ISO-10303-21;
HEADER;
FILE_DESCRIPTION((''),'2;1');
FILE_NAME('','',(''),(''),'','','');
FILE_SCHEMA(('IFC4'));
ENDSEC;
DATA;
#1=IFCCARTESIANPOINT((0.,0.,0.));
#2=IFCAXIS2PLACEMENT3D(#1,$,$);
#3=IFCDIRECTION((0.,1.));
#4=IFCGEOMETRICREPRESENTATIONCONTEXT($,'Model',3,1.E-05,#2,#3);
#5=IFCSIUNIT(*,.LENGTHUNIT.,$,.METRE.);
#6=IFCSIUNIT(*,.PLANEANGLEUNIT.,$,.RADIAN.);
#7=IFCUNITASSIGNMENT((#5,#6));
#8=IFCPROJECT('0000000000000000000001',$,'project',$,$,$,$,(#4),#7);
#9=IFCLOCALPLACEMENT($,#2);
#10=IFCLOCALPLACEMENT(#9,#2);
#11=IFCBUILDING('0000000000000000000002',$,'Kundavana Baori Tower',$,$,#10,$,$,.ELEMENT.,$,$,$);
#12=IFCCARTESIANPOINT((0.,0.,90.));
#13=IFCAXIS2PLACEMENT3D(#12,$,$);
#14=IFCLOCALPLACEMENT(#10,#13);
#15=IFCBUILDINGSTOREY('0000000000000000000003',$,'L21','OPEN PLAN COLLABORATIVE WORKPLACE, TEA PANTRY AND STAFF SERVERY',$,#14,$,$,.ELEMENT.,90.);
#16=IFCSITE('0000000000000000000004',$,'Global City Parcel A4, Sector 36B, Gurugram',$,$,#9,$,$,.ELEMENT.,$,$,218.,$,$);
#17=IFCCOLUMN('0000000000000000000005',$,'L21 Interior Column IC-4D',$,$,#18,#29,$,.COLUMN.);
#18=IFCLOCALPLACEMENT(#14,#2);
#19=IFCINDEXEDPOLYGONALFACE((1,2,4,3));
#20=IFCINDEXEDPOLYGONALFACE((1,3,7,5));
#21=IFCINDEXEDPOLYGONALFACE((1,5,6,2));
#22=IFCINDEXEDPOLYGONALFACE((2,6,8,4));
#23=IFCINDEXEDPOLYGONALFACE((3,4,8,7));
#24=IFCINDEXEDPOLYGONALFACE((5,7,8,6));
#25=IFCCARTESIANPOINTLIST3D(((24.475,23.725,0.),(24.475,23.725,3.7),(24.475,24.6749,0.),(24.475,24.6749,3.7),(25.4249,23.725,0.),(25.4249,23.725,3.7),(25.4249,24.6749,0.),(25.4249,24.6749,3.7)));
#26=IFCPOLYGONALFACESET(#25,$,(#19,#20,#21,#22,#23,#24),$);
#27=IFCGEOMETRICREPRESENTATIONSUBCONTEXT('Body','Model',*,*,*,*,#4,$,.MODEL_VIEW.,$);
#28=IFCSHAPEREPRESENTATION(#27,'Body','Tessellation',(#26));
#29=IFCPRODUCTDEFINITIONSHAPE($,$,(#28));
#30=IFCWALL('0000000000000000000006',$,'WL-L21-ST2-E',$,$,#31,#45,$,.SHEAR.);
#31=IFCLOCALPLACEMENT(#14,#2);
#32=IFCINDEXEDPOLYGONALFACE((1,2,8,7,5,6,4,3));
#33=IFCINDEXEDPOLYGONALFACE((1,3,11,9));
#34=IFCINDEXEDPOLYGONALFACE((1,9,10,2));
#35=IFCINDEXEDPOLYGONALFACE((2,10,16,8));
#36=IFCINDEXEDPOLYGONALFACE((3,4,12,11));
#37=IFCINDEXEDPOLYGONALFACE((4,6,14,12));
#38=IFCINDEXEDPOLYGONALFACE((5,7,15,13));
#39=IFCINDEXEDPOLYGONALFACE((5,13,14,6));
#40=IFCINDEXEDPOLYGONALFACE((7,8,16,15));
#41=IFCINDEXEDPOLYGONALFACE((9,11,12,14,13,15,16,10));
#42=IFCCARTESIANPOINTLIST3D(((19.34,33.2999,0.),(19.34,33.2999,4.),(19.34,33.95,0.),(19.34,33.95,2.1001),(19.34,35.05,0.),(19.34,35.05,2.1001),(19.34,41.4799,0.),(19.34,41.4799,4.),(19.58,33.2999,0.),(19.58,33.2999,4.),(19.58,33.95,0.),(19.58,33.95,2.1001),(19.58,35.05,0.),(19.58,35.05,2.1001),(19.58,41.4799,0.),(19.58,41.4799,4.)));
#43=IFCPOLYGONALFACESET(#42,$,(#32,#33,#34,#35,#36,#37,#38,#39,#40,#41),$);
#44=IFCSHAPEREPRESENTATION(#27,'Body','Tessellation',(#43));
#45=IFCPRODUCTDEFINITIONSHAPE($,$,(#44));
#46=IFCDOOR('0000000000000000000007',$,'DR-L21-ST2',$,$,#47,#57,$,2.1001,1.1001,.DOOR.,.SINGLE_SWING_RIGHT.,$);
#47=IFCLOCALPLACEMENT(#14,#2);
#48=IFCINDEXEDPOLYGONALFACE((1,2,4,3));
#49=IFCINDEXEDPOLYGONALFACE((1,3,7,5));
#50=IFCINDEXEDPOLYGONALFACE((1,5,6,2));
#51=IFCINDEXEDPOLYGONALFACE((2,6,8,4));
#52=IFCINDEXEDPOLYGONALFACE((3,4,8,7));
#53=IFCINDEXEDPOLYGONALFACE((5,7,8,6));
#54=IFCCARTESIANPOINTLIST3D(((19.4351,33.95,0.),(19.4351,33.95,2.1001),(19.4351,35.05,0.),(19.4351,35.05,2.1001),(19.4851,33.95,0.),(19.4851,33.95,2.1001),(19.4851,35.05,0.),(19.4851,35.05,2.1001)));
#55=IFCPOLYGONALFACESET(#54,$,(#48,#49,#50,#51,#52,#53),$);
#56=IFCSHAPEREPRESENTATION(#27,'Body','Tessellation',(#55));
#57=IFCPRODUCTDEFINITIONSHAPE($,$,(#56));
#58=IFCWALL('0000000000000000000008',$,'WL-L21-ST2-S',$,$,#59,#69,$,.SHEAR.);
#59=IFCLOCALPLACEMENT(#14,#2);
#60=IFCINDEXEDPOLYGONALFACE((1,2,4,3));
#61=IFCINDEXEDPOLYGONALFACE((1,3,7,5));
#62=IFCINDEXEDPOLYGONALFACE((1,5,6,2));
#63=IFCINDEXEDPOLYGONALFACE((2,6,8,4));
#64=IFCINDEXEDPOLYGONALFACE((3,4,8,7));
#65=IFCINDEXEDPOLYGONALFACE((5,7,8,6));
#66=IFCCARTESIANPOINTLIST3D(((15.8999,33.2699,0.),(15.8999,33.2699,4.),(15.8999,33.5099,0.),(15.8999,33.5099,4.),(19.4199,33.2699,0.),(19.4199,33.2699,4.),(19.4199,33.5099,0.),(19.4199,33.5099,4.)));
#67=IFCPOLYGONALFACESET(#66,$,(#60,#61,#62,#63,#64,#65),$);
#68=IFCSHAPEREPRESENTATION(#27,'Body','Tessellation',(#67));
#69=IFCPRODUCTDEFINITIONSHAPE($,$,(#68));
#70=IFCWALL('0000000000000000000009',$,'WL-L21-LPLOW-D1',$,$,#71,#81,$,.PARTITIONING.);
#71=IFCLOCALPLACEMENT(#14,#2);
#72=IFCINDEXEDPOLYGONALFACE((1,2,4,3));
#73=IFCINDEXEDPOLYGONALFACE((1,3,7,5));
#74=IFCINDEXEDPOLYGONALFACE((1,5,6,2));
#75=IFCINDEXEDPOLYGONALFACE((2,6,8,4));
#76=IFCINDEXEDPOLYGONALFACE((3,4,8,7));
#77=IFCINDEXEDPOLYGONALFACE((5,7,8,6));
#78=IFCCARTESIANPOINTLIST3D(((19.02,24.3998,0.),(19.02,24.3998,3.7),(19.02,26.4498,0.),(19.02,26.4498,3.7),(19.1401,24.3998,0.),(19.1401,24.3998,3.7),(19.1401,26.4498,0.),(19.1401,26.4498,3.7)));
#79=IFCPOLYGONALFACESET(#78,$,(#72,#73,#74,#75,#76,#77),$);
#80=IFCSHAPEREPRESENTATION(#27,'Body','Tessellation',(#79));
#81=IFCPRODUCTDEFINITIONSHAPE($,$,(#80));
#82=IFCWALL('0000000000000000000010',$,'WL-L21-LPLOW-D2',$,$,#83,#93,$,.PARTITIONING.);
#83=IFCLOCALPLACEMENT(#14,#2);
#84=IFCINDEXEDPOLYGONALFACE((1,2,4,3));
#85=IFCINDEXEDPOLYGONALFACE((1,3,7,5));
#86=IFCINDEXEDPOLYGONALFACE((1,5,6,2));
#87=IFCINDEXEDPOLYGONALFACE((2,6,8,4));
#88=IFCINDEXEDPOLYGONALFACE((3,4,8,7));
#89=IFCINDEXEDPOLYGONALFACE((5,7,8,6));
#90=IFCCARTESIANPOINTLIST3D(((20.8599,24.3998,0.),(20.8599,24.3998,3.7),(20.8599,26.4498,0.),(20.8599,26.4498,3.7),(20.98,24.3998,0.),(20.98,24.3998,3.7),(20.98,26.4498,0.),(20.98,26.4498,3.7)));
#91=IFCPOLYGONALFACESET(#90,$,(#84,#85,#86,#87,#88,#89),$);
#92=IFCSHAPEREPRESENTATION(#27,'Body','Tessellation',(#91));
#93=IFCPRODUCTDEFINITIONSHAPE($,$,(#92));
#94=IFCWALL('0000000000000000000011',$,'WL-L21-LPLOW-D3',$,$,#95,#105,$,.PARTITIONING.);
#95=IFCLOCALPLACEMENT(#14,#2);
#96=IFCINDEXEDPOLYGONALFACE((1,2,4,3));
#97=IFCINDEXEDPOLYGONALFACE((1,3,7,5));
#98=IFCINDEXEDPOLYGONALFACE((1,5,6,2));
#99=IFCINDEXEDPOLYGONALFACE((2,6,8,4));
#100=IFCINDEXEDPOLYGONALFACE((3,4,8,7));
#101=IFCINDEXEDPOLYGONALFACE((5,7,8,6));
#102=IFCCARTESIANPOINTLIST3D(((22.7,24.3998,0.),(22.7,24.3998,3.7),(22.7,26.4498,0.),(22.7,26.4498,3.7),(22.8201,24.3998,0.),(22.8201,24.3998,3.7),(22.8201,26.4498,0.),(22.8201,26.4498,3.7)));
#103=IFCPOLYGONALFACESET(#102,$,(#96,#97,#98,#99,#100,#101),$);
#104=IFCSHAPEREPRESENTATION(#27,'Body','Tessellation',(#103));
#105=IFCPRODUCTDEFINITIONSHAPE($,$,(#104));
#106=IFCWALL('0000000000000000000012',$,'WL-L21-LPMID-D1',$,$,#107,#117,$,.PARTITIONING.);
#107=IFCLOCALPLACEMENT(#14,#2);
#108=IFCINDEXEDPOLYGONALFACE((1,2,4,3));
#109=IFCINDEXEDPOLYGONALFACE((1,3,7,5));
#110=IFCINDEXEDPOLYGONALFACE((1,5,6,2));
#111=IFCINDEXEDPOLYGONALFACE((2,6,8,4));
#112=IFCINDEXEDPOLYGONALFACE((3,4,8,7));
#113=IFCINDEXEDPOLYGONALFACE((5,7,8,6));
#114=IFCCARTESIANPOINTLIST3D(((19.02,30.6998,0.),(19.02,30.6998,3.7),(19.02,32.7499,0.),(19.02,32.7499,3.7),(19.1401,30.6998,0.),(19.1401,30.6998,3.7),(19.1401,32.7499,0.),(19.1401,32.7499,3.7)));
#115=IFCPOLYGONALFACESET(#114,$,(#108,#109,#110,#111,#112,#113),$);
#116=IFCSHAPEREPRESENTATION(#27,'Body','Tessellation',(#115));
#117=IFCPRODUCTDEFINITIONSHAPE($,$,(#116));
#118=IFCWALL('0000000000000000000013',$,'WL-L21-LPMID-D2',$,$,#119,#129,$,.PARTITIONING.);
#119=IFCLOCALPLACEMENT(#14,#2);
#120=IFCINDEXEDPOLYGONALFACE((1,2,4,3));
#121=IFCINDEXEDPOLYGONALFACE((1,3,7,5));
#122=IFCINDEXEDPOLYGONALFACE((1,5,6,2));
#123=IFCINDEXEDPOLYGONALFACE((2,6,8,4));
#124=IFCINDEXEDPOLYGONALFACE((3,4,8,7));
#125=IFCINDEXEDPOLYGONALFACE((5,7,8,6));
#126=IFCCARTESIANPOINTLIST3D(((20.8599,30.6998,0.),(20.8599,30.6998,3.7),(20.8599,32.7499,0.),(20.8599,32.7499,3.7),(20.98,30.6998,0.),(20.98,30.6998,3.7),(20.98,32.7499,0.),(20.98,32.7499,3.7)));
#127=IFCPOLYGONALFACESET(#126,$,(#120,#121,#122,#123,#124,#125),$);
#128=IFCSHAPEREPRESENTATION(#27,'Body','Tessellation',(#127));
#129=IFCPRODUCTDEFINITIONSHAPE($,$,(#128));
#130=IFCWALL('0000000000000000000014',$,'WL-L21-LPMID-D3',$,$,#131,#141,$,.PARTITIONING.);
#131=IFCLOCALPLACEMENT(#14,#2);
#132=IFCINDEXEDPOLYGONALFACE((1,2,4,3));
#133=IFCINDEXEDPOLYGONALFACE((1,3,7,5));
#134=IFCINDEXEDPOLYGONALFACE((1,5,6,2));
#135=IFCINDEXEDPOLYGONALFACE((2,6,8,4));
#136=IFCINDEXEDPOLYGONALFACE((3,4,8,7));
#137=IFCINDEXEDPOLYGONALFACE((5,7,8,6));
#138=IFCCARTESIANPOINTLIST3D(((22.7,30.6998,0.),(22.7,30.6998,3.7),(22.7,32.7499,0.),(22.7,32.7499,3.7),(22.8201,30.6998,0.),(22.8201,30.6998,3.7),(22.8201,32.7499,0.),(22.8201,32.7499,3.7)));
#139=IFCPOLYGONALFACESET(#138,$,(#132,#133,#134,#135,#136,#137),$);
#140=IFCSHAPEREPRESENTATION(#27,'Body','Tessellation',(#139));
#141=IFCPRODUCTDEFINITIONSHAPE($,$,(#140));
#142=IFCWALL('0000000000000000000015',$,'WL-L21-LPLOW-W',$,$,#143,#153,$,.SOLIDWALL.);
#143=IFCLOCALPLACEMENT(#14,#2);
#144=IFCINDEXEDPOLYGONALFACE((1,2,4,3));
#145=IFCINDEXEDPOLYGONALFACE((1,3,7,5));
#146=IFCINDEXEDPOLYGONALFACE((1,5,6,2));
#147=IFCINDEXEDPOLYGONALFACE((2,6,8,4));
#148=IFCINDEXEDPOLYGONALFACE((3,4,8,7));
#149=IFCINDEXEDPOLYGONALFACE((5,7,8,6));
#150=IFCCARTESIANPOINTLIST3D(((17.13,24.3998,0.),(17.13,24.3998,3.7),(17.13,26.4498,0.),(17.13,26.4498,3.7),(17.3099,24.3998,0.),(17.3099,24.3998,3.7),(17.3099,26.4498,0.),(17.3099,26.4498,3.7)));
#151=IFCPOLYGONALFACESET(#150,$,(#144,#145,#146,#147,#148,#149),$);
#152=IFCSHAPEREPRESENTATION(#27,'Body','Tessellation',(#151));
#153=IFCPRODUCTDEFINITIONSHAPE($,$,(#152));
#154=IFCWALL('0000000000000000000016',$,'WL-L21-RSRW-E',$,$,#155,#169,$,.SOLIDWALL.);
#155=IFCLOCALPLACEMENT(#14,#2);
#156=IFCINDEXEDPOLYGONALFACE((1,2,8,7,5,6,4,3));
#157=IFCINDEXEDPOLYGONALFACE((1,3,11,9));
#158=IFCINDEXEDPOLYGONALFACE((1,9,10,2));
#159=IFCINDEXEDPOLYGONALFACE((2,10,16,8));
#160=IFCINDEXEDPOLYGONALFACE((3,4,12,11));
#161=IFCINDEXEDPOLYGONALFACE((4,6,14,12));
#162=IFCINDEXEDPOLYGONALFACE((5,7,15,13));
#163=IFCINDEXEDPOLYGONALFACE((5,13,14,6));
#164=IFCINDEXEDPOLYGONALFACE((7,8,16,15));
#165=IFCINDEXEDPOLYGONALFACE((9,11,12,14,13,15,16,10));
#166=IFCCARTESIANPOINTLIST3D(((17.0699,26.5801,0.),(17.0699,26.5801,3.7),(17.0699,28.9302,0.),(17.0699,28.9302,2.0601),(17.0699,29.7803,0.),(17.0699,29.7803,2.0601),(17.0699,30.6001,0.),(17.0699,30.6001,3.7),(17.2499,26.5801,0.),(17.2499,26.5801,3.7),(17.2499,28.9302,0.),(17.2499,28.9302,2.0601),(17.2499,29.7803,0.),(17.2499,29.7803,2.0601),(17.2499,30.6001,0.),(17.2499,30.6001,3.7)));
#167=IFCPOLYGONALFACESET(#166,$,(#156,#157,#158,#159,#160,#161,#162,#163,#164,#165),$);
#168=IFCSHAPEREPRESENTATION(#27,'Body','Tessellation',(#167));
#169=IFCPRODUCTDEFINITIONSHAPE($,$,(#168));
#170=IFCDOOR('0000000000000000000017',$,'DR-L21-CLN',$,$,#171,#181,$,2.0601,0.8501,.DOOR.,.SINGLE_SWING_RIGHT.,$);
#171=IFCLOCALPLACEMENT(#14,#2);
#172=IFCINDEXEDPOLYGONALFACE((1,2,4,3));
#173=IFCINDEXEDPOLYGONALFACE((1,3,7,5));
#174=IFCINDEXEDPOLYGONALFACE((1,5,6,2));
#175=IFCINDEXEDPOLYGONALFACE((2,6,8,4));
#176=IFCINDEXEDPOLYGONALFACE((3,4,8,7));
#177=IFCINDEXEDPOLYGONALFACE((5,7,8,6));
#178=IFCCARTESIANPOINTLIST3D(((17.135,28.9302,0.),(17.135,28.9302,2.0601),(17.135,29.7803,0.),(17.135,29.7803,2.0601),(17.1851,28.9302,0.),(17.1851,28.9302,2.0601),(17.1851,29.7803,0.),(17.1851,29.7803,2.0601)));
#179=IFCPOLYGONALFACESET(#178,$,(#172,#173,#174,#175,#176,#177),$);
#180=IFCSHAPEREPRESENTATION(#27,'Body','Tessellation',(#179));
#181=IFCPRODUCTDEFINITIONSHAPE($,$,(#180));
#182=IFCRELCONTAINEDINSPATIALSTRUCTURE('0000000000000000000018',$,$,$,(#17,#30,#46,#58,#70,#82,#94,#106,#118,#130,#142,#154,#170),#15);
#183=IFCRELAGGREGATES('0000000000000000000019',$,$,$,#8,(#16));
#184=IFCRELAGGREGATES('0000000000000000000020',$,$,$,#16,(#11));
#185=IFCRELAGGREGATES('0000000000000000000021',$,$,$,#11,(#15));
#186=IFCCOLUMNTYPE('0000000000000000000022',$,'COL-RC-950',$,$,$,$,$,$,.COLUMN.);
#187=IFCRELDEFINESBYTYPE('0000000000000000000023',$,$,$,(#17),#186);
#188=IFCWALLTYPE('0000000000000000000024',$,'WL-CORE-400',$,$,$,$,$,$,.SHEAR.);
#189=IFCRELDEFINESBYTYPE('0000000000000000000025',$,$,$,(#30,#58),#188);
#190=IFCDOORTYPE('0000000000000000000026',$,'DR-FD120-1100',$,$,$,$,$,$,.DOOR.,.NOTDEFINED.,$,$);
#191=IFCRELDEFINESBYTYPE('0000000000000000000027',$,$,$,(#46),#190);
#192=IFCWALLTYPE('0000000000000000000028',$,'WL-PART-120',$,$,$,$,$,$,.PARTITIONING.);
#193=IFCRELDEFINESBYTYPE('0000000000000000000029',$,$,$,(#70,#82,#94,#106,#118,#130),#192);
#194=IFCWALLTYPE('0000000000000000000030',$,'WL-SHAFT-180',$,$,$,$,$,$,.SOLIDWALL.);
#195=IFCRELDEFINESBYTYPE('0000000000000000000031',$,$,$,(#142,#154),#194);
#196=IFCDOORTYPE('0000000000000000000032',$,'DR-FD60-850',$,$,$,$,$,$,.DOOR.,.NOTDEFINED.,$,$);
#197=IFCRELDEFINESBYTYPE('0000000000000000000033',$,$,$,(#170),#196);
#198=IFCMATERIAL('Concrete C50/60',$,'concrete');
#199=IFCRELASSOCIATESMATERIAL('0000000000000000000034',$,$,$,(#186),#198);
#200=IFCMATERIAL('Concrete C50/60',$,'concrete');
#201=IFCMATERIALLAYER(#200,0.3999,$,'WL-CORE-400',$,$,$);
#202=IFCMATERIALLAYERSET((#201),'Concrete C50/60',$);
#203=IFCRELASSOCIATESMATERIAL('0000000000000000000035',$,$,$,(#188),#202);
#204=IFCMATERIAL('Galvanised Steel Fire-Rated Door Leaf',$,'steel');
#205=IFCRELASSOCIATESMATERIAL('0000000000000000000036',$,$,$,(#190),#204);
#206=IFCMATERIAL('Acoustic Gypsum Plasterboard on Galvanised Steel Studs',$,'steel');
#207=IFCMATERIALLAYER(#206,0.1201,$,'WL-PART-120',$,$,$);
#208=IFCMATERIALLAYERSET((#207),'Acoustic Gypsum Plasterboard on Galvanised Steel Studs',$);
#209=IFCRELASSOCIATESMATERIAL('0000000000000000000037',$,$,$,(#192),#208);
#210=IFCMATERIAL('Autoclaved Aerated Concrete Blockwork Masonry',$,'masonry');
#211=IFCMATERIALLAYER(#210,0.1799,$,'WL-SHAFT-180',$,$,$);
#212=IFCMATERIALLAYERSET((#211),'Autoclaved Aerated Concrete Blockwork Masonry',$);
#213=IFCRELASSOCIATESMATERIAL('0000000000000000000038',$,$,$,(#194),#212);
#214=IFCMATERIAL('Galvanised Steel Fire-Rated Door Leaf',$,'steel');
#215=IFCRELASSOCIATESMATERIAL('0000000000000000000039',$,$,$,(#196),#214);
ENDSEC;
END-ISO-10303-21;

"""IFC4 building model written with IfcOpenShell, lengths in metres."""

from ifc_helpers import new_model, si_unit, direction, frame, frame_2d, origin, origin_2d, place, context, subcontext, project, spatial, rectangle, extrude, material, layer, layer_set, material_profile, profile_set, type_object, element, fill, save


model = new_model("IFC4")

# Units and contexts
model_context = context("Model", 3, precision=1e-05, world=origin(), true_north=direction((0.0, 1.0)))
body_context = subcontext(model_context, "Body", "Model", "MODEL_VIEW")
ifc_project = project(units=[si_unit("LENGTHUNIT", "METRE"), si_unit("PLANEANGLEUNIT", "RADIAN")], contexts=[model_context])

# Site, building, storey
site_placement = place(None, origin())
site = spatial("IfcSite", under=ifc_project, at=site_placement, Name="Global City Parcel A4, Sector 36B, Gurugram", CompositionType="ELEMENT", RefElevation=218.0)
building_placement = place(site_placement, origin())
building = spatial("IfcBuilding", under=site, at=building_placement, Name="Kundavana Baori Tower", CompositionType="ELEMENT")
storey_placement = place(building_placement, frame((0.0, 0.0, 90.0)))
storey = spatial("IfcBuildingStorey", under=building, at=storey_placement, Name="L21", Description="OPEN PLAN COLLABORATIVE WORKPLACE, TEA PANTRY AND STAFF SERVERY", CompositionType="ELEMENT", Elevation=90.0)

# Column
ifc_material_1 = material(Name="Concrete C50/60", Category="concrete")
ifc_material_profile = material_profile(ifc_material_1, rectangle(XDim=0.95, YDim=0.95, at=origin_2d()), Name="RC 950x950")
ifc_profile_set = profile_set([ifc_material_profile], Name="Concrete C50/60")
column_type = type_object("IfcColumnType", Name="COL-RC-950", PredefinedType="COLUMN", material=ifc_profile_set)
column_placement = place(storey_placement, frame((24.95, 24.2, 0.0), z_axis=(0.0, 0.0, 1.0), x_axis=(1.0, 0.0, 0.0)))
element("IfcColumn", 1, at=column_placement, inside=storey, type_object=column_type, Name="L21 Interior Column IC-4D", PredefinedType="COLUMN", context=body_context, shape_type="SweptSolid", body=[
    extrude(rectangle(XDim=0.95, YDim=0.95, at=origin_2d()), origin(), (0.0, 0.0, 1.0), 3.7),
])

# Wall, opening, door
ifc_material_2 = material(Name="Concrete C50/60", Category="concrete")
ifc_layer_1 = layer(ifc_material_2, 0.3999, Name="WL-CORE-400")
ifc_layer_set_1 = layer_set([ifc_layer_1], Name="Concrete C50/60")
wall_type_1 = type_object("IfcWallType", Name="WL-CORE-400", PredefinedType="SHEAR", material=ifc_layer_set_1)
wall_1_placement = place(storey_placement, frame((19.46, 33.3, 0.0), z_axis=(0.0, 0.0, 1.0), x_axis=(0.0, 1.0, 0.0)))
wall_1 = element("IfcWall", 2, at=wall_1_placement, inside=storey, type_object=wall_type_1, Name="WL-L21-ST2-E", PredefinedType="SHEAR", context=body_context, shape_type="SweptSolid", body=[
    extrude(rectangle(XDim=8.1799, YDim=0.24, at=frame_2d((4.0898, 0.0))), origin(), (0.0, 0.0, 1.0), 4.0),
])
opening_1_placement = place(wall_1_placement, frame((0.6499, 0.0, 0.0)))
opening_1 = element("IfcOpeningElement", 3, at=opening_1_placement, cuts=wall_1, PredefinedType="OPENING", context=body_context, shape_type="SweptSolid", body=[
    extrude(rectangle(XDim=1.1001, YDim=2.1001, at=frame_2d((0.55, 1.05))), frame((0.0, 0.1299, 0.0), z_axis=(0.0, -1.0, 0.0), x_axis=(1.0, 0.0, 0.0)), (0.0, 0.0, 1.0), 0.26),
])
ifc_material_3 = material(Name="Galvanised Steel Fire-Rated Door Leaf", Category="steel")
door_type_1 = type_object("IfcDoorType", Name="DR-FD120-1100", OperationType="NOTDEFINED", PredefinedType="DOOR", material=ifc_material_3)
door_1_placement = place(opening_1_placement, origin())
door_1 = element("IfcDoor", 4, at=door_1_placement, inside=storey, type_object=door_type_1, Name="DR-L21-ST2", OperationType="SINGLE_SWING_RIGHT", OverallHeight=2.1001, OverallWidth=1.1001, PredefinedType="DOOR", context=body_context, shape_type="SweptSolid", body=[
    extrude(rectangle(XDim=1.1001, YDim=2.1001, at=frame_2d((0.55, 1.05))), frame((0.0, 0.0249, 0.0), z_axis=(0.0, -1.0, 0.0), x_axis=(1.0, 0.0, 0.0)), (0.0, 0.0, 1.0), 0.05),
])
fill(opening_1, door_1)

# Walls
wall_2_placement = place(storey_placement, frame((15.8999, 33.3899, 0.0), z_axis=(0.0, 0.0, 1.0), x_axis=(1.0, 0.0, 0.0)))
element("IfcWall", 5, at=wall_2_placement, inside=storey, type_object=wall_type_1, Name="WL-L21-ST2-S", PredefinedType="SHEAR", context=body_context, shape_type="SweptSolid", body=[
    extrude(rectangle(XDim=3.52, YDim=0.24, at=frame_2d((1.76, 0.0))), origin(), (0.0, 0.0, 1.0), 4.0),
])
ifc_material_4 = material(Name="Acoustic Gypsum Plasterboard on Galvanised Steel Studs", Category="steel")
ifc_layer_2 = layer(ifc_material_4, 0.1201, Name="WL-PART-120")
ifc_layer_set_2 = layer_set([ifc_layer_2], Name="Acoustic Gypsum Plasterboard on Galvanised Steel Studs")
wall_type_2 = type_object("IfcWallType", Name="WL-PART-120", PredefinedType="PARTITIONING", material=ifc_layer_set_2)
for number, where, z_axis, x_axis, name in (
    (6, (19.0801, 24.3999, 0.0), (0.0, 0.0, 1.0), (0.0, 1.0, 0.0), "WL-L21-LPLOW-D1"),
    (7, (20.9199, 24.3999, 0.0), (0.0, 0.0, 1.0), (0.0, 1.0, 0.0), "WL-L21-LPLOW-D2"),
    (8, (22.76, 24.3999, 0.0), (0.0, 0.0, 1.0), (0.0, 1.0, 0.0), "WL-L21-LPLOW-D3"),
    (9, (19.0801, 30.7, 0.0), (0.0, 0.0, 1.0), (0.0, 1.0, 0.0), "WL-L21-LPMID-D1"),
    (10, (20.9199, 30.7, 0.0), (0.0, 0.0, 1.0), (0.0, 1.0, 0.0), "WL-L21-LPMID-D2"),
    (11, (22.76, 30.7, 0.0), (0.0, 0.0, 1.0), (0.0, 1.0, 0.0), "WL-L21-LPMID-D3"),
):
    element("IfcWall", number, at=place(storey_placement, frame(where, z_axis=z_axis, x_axis=x_axis)), inside=storey, type_object=wall_type_2, Name=name, PredefinedType="PARTITIONING", context=body_context, shape_type="SweptSolid", body=[
        extrude(rectangle(XDim=2.05, YDim=0.1201, at=frame_2d((1.0249, 0.0))), origin(), (0.0, 0.0, 1.0), 3.7),
    ])
ifc_material_5 = material(Name="Autoclaved Aerated Concrete Blockwork Masonry", Category="masonry")
ifc_layer_3 = layer(ifc_material_5, 0.1799, Name="WL-SHAFT-180")
ifc_layer_set_3 = layer_set([ifc_layer_3], Name="Autoclaved Aerated Concrete Blockwork Masonry")
wall_type_3 = type_object("IfcWallType", Name="WL-SHAFT-180", PredefinedType="SOLIDWALL", material=ifc_layer_set_3)
wall_3_placement = place(storey_placement, frame((17.22, 24.3999, 0.0), z_axis=(0.0, 0.0, 1.0), x_axis=(0.0, 1.0, 0.0)))
element("IfcWall", 12, at=wall_3_placement, inside=storey, type_object=wall_type_3, Name="WL-L21-LPLOW-W", PredefinedType="SOLIDWALL", context=body_context, shape_type="SweptSolid", body=[
    extrude(rectangle(XDim=2.05, YDim=0.1799, at=frame_2d((1.0249, 0.0))), origin(), (0.0, 0.0, 1.0), 3.7),
])

# Wall, opening, door
wall_4_placement = place(storey_placement, frame((17.1599, 26.5801, 0.0), z_axis=(0.0, 0.0, 1.0), x_axis=(0.0, 1.0, 0.0)))
wall_4 = element("IfcWall", 13, at=wall_4_placement, inside=storey, type_object=wall_type_3, Name="WL-L21-RSRW-E", PredefinedType="SOLIDWALL", context=body_context, shape_type="SweptSolid", body=[
    extrude(rectangle(XDim=4.02, YDim=0.1799, at=frame_2d((2.01, 0.0))), origin(), (0.0, 0.0, 1.0), 3.7),
])
opening_2_placement = place(wall_4_placement, frame((2.3501, 0.0, 0.0)))
opening_2 = element("IfcOpeningElement", 14, at=opening_2_placement, cuts=wall_4, PredefinedType="OPENING", context=body_context, shape_type="SweptSolid", body=[
    extrude(rectangle(XDim=0.8501, YDim=2.0601, at=frame_2d((0.425, 1.03))), frame((0.0, 0.1001, 0.0), z_axis=(0.0, -1.0, 0.0), x_axis=(1.0, 0.0, 0.0)), (0.0, 0.0, 1.0), 0.2),
])
ifc_material_6 = material(Name="Galvanised Steel Fire-Rated Door Leaf", Category="steel")
door_type_2 = type_object("IfcDoorType", Name="DR-FD60-850", OperationType="NOTDEFINED", PredefinedType="DOOR", material=ifc_material_6)
door_2_placement = place(opening_2_placement, origin())
door_2 = element("IfcDoor", 15, at=door_2_placement, inside=storey, type_object=door_type_2, Name="DR-L21-CLN", OperationType="SINGLE_SWING_RIGHT", OverallHeight=2.0601, OverallWidth=0.8501, PredefinedType="DOOR", context=body_context, shape_type="SweptSolid", body=[
    extrude(rectangle(XDim=0.8501, YDim=2.0601, at=frame_2d((0.425, 1.03))), frame((0.0, 0.0249, 0.0), z_axis=(0.0, -1.0, 0.0), x_axis=(1.0, 0.0, 0.0)), (0.0, 0.0, 1.0), 0.05),
])
fill(opening_2, door_2)

save(model, "model.ifc")
